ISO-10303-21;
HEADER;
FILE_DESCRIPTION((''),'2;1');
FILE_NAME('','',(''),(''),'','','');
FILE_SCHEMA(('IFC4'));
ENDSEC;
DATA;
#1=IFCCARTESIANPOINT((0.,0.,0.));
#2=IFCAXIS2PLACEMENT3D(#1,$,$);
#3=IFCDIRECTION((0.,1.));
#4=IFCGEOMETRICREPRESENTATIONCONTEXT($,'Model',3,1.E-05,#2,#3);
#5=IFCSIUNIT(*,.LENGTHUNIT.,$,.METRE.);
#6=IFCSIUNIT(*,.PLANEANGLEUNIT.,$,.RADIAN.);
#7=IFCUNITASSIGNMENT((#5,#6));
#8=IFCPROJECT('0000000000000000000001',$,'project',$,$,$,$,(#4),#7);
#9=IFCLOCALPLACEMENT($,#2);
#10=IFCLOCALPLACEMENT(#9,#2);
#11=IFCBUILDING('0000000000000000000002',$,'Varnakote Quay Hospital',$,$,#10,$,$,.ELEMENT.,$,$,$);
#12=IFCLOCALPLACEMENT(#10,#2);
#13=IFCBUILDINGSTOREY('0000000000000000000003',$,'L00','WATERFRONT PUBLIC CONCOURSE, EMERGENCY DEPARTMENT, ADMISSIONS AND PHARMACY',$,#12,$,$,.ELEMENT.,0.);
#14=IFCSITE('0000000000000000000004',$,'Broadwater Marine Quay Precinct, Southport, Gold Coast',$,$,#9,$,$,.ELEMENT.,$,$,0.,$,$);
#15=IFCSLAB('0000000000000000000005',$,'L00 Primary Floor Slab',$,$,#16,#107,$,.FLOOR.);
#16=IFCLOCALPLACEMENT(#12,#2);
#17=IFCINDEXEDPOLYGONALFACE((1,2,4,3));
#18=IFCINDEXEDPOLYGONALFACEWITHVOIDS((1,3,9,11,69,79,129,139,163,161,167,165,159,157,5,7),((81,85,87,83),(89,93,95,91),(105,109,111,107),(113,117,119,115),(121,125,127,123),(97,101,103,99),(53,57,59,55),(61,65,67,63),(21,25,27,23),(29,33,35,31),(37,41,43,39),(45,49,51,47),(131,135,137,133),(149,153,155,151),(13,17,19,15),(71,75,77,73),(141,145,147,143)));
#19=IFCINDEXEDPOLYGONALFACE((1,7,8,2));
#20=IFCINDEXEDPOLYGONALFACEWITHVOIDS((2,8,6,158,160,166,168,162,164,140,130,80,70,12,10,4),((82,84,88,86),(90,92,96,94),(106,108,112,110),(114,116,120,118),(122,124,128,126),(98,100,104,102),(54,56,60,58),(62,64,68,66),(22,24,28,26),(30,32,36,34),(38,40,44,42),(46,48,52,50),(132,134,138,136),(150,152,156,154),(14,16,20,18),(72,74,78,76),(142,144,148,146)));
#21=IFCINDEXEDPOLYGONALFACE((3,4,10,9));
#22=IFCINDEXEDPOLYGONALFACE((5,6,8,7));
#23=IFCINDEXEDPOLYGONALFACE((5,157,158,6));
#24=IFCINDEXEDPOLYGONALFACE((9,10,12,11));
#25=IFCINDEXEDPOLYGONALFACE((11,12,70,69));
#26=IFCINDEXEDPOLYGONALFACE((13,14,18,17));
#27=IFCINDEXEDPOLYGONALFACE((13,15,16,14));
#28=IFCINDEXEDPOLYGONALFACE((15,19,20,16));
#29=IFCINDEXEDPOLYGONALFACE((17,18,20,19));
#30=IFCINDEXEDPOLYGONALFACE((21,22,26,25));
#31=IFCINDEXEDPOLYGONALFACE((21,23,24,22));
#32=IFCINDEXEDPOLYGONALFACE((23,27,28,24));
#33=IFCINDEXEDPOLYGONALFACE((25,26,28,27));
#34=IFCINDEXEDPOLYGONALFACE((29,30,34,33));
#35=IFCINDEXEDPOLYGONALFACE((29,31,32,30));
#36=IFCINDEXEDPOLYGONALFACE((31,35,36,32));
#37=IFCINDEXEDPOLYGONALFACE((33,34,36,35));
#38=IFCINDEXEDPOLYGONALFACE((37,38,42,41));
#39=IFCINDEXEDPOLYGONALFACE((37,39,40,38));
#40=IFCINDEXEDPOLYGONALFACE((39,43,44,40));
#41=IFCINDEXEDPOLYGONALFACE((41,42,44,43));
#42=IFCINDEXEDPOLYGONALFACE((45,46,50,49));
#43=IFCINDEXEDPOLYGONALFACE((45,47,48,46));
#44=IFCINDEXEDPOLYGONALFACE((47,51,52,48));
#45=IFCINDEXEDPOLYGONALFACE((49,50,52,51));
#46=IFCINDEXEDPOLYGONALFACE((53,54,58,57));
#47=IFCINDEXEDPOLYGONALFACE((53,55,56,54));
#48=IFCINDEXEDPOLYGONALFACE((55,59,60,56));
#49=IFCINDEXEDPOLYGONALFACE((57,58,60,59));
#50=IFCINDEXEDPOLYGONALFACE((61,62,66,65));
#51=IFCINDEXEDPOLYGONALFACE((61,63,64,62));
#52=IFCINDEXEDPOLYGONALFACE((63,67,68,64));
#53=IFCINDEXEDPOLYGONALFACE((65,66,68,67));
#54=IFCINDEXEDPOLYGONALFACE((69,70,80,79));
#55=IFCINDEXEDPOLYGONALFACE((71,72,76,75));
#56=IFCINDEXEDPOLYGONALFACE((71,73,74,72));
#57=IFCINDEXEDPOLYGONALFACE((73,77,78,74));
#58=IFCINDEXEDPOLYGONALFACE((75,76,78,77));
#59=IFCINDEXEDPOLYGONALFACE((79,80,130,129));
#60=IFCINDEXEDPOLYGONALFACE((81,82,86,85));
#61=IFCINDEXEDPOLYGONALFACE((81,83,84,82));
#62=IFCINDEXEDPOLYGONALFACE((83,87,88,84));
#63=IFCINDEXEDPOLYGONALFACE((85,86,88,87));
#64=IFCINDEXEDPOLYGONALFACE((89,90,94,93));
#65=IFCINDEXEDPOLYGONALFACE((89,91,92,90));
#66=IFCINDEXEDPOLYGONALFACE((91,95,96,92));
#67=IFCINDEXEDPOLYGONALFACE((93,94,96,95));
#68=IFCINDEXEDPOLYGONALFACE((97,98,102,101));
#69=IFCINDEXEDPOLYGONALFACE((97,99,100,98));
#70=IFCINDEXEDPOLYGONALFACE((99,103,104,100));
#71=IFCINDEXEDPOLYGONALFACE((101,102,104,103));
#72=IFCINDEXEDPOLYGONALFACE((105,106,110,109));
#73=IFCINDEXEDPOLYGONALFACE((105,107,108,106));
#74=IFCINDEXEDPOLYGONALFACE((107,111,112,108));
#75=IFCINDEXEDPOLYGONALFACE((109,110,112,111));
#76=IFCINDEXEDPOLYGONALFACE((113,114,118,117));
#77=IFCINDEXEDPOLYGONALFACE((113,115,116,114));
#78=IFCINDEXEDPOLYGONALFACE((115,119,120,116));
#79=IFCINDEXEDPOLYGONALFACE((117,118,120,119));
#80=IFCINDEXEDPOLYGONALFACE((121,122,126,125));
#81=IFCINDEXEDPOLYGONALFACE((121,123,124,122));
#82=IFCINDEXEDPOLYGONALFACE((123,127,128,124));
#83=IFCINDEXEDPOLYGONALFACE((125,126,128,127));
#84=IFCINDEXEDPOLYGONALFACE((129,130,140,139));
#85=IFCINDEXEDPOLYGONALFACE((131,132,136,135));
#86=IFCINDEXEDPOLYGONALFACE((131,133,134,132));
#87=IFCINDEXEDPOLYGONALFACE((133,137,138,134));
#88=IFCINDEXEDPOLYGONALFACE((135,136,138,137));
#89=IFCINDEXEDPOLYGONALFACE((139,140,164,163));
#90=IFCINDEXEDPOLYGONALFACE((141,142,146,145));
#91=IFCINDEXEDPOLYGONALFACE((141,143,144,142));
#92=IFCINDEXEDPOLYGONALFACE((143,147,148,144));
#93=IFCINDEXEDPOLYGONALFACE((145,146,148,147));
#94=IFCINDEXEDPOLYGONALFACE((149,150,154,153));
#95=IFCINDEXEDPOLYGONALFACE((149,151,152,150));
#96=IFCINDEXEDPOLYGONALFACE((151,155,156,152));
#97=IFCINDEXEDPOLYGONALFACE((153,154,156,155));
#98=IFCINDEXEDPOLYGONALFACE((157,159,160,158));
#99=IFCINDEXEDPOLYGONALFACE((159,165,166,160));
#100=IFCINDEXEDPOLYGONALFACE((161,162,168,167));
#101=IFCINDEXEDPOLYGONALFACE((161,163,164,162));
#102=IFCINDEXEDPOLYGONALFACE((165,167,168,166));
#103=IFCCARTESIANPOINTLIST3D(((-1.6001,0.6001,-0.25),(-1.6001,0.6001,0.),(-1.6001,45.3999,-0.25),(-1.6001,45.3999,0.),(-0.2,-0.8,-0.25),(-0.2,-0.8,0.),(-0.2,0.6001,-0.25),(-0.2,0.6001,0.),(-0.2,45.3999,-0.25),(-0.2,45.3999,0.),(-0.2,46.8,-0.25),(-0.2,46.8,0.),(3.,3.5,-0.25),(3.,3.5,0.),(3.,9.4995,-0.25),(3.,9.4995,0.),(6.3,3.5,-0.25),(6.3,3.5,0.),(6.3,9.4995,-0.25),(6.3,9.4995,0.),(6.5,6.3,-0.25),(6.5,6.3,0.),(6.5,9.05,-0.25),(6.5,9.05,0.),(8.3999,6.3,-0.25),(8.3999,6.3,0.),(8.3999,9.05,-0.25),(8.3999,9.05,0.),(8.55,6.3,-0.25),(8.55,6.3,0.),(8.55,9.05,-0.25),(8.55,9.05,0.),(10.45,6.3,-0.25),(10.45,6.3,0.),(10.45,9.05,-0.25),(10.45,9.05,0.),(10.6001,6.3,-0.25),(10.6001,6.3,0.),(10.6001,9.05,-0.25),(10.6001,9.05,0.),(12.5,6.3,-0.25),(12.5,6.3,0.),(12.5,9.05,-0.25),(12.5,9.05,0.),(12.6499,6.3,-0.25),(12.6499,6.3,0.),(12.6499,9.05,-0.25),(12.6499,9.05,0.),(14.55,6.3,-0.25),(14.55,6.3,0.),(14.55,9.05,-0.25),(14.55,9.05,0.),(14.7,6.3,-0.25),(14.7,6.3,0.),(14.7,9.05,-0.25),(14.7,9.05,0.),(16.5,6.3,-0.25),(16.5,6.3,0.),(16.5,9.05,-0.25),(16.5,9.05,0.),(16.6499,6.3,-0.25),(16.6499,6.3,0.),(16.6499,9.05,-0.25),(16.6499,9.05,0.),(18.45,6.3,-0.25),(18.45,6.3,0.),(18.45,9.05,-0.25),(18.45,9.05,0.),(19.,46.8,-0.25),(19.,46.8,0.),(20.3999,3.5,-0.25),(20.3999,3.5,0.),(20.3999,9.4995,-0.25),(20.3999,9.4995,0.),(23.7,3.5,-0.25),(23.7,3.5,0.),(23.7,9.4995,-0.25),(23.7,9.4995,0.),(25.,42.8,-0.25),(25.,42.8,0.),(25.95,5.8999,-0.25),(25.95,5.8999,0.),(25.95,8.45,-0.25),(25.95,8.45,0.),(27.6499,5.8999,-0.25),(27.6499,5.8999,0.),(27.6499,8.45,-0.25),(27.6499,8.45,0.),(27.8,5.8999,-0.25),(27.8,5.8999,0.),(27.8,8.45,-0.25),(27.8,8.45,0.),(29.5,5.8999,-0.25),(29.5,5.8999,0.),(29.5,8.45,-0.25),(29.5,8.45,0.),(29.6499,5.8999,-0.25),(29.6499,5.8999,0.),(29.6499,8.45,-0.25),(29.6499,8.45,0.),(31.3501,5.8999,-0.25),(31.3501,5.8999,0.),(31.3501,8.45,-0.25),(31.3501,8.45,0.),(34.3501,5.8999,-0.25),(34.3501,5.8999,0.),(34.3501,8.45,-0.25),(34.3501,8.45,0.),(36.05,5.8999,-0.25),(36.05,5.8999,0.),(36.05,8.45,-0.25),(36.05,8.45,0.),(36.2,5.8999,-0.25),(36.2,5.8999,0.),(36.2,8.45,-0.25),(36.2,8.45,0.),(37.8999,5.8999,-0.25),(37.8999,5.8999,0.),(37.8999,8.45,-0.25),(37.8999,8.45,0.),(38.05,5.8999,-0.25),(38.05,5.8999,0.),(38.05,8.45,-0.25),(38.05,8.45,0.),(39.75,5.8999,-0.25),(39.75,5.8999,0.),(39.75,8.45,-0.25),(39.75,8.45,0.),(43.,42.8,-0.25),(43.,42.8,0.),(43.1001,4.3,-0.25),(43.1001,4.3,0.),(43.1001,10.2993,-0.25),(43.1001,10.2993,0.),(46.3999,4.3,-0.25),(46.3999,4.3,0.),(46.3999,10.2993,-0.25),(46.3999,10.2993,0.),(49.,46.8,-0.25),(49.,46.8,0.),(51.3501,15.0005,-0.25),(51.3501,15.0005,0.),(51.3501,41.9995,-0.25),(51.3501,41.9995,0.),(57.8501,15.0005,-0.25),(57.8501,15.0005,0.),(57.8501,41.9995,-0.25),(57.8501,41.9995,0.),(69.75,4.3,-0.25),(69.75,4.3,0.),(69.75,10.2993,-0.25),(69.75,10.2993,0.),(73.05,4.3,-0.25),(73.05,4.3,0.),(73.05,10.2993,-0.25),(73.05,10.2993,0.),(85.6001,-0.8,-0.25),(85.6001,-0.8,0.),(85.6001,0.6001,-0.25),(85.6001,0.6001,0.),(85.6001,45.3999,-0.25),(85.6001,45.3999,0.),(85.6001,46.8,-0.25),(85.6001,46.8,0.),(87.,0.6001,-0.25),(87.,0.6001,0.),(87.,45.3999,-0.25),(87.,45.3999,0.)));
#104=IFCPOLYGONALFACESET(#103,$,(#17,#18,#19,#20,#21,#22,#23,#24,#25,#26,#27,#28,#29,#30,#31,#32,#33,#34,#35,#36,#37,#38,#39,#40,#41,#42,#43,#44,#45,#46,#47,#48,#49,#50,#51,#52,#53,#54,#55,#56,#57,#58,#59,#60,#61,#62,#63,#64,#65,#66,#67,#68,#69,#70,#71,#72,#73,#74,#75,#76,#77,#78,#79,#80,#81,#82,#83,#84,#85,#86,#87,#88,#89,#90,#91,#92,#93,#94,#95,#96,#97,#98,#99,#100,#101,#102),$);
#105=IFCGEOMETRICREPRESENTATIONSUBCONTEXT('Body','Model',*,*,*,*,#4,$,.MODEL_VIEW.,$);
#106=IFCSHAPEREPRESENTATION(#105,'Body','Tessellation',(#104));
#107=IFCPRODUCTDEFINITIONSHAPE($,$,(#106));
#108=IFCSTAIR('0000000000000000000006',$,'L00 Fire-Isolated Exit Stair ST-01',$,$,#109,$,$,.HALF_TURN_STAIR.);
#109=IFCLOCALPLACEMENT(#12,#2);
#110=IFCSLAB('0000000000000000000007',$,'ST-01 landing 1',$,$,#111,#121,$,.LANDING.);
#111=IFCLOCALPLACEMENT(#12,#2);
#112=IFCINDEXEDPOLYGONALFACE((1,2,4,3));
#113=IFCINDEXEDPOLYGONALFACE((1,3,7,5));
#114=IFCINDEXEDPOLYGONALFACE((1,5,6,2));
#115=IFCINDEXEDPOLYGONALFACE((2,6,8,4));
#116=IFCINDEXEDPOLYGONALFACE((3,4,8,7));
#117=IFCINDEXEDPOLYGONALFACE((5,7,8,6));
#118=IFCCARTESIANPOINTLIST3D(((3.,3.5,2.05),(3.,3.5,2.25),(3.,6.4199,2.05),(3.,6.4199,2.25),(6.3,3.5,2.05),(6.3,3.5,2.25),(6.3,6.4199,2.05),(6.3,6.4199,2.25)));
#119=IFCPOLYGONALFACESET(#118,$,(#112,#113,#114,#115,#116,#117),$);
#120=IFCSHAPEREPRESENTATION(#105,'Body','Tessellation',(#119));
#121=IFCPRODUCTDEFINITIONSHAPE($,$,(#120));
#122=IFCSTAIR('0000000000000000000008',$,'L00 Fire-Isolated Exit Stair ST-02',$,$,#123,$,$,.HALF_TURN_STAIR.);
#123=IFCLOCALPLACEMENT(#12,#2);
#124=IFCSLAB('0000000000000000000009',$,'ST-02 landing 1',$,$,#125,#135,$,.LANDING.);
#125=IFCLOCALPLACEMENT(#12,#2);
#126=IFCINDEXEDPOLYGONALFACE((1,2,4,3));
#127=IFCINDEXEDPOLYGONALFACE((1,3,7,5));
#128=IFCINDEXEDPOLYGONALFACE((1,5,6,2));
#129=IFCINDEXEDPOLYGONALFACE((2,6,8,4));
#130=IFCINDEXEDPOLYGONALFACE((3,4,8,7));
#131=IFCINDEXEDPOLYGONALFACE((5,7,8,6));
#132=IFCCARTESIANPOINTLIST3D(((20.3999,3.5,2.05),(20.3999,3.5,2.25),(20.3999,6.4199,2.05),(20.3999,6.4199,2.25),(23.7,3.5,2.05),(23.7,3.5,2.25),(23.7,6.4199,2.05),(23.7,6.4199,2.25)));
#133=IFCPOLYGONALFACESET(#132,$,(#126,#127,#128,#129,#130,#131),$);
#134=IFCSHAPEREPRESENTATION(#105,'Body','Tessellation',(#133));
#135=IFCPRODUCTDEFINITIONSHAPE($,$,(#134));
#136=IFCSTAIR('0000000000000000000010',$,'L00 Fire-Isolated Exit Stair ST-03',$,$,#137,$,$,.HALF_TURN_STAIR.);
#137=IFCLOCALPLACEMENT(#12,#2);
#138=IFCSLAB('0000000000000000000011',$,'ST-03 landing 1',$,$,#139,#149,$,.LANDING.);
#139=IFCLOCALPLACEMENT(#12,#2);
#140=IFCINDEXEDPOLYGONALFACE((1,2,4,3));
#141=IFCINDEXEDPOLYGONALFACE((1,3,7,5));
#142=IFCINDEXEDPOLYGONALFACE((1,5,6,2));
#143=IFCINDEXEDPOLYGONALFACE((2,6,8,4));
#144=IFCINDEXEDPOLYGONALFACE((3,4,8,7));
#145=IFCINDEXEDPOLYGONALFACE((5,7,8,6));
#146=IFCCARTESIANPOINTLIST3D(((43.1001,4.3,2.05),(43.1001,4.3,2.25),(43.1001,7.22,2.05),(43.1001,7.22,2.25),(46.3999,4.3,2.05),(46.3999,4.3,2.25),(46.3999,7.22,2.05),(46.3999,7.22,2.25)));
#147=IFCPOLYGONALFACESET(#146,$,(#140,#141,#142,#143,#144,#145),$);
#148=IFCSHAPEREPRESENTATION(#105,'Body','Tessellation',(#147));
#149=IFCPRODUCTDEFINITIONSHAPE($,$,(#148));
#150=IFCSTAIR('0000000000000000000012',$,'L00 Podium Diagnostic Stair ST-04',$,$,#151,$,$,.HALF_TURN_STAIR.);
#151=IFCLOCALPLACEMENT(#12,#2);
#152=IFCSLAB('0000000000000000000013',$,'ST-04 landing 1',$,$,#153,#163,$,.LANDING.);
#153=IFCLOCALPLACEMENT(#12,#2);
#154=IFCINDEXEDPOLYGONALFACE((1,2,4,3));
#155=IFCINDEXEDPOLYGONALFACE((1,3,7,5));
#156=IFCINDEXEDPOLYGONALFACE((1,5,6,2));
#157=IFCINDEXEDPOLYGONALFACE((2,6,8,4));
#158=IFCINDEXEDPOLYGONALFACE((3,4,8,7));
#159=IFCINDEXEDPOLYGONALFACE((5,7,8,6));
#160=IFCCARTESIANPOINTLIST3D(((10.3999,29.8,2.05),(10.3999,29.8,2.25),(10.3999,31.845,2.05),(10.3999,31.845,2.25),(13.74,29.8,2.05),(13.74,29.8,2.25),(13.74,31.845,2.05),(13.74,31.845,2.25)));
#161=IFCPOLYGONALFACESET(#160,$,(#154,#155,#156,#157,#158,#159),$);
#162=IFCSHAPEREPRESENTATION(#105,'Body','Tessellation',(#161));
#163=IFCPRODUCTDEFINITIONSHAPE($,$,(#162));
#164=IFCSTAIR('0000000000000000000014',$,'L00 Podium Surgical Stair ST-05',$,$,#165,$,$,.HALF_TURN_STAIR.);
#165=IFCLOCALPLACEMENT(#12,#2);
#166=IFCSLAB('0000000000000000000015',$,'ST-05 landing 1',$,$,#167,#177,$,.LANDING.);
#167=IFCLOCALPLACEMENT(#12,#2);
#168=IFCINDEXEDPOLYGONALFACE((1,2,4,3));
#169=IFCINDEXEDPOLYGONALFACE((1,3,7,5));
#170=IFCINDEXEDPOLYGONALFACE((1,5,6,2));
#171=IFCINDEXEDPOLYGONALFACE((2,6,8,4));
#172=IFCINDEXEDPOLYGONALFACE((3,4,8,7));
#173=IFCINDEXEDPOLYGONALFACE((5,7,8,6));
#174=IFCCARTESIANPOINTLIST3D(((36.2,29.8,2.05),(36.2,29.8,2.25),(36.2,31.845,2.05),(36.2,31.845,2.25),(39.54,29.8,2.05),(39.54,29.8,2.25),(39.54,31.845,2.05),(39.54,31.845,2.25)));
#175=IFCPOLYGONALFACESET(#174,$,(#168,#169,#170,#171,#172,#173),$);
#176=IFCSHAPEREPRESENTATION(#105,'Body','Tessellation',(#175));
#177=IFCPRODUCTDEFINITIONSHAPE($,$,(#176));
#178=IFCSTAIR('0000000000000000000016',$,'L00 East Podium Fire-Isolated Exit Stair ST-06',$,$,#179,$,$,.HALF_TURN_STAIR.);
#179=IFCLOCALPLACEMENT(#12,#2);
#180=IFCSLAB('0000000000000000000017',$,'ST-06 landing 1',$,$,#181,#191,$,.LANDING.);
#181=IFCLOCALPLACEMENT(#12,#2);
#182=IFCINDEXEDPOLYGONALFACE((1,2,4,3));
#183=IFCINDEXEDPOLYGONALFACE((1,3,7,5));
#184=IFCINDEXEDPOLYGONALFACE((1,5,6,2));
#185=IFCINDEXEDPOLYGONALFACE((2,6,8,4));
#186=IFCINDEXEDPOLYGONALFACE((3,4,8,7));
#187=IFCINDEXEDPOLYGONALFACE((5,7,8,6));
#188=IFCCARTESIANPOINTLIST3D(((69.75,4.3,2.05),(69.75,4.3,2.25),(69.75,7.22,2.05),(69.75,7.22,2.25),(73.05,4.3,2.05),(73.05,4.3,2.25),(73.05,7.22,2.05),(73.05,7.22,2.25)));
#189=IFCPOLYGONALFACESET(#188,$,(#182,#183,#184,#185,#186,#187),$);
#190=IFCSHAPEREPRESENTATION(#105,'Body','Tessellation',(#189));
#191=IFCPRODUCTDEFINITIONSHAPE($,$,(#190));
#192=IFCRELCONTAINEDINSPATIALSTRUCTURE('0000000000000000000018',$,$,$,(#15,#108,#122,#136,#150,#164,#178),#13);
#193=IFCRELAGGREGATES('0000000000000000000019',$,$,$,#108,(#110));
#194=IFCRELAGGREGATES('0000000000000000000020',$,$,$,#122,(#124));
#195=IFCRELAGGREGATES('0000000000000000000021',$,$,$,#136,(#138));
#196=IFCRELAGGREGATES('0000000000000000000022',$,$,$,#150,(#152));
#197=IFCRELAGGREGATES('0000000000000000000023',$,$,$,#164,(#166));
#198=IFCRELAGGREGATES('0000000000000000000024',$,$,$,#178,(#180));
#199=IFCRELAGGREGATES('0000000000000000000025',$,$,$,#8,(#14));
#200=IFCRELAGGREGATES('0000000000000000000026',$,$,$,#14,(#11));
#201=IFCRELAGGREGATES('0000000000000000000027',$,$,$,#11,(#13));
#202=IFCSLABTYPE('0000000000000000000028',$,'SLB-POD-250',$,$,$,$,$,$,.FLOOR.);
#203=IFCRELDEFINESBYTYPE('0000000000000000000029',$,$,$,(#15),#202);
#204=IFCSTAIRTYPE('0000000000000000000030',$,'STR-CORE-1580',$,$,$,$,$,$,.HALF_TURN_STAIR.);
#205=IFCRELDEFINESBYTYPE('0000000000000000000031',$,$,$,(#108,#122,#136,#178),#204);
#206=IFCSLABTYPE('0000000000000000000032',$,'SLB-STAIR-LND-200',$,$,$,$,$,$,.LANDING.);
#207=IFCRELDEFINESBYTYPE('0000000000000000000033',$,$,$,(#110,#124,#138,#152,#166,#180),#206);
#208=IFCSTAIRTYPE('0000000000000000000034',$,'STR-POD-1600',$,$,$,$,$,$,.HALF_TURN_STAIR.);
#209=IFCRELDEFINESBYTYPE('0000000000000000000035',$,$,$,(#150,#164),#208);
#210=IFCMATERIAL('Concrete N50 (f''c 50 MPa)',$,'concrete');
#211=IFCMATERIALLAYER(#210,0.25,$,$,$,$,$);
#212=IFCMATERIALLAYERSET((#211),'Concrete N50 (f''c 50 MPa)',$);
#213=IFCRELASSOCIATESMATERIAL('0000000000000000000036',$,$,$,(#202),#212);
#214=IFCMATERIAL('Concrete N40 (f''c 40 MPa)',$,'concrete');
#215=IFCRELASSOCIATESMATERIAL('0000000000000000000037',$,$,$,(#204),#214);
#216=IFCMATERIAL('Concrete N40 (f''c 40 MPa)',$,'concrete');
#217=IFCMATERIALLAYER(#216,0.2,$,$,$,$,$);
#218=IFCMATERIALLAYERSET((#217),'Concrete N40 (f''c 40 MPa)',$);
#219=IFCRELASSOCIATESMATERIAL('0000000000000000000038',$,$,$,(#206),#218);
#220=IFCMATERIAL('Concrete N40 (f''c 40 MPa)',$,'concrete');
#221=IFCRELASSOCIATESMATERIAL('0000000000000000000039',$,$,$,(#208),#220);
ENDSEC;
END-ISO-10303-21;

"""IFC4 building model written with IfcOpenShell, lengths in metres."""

from ifc_helpers import new_model, si_unit, direction, frame, origin, place, context, subcontext, project, spatial, polyline, outline, extrude, material, layer, layer_set, type_object, element, aggregate, save


model = new_model("IFC4")

# Units and contexts
model_context = context("Model", 3, precision=1e-05, world=origin(), true_north=direction((0.0, 1.0)))
body_context = subcontext(model_context, "Body", "Model", "MODEL_VIEW")
ifc_project = project(units=[si_unit("LENGTHUNIT", "METRE"), si_unit("PLANEANGLEUNIT", "RADIAN")], contexts=[model_context])

# Site, building, storey
site_placement = place(None, origin())
site = spatial("IfcSite", under=ifc_project, at=site_placement, Name="Broadwater Marine Quay Precinct, Southport, Gold Coast", CompositionType="ELEMENT", RefElevation=0.0)
building_placement = place(site_placement, origin())
building = spatial("IfcBuilding", under=site, at=building_placement, Name="Varnakote Quay Hospital", CompositionType="ELEMENT")
storey_placement = place(building_placement, origin())
storey = spatial("IfcBuildingStorey", under=building, at=storey_placement, Name="L00", Description="WATERFRONT PUBLIC CONCOURSE, EMERGENCY DEPARTMENT, ADMISSIONS AND PHARMACY", CompositionType="ELEMENT", Elevation=0.0)

# Slab
ifc_material_1 = material(Name="Concrete N50 (f'c 50 MPa)", Category="concrete")
ifc_layer_1 = layer(ifc_material_1, 0.25)
ifc_layer_set_1 = layer_set([ifc_layer_1], Name="Concrete N50 (f'c 50 MPa)")
slab_type_1 = type_object("IfcSlabType", Name="SLB-POD-250", PredefinedType="FLOOR", material=ifc_layer_set_1)
slab_1_placement = place(storey_placement, frame((0.0, 0.0, -0.25)))
element("IfcSlab", 1, at=slab_1_placement, inside=storey, type_object=slab_type_1, Name="L00 Primary Floor Slab", PredefinedType="FLOOR", context=body_context, shape_type="SweptSolid", body=[
    extrude(outline(polyline([(-1.6001, 0.6001), (-0.2, 0.6001), (-0.2, -0.8), (85.6001, -0.8), (85.6001, 0.6001), (87.0, 0.6001), (87.0, 45.3999), (85.6001, 45.3999), (85.6001, 46.8), (49.0, 46.8), (43.0, 42.8), (25.0, 42.8), (19.0, 46.8), (-0.2, 46.8), (-0.2, 45.3999), (-1.6001, 45.3999), (-1.6001, 0.6001)]), holes=[polyline([(3.0, 3.5), (6.3, 3.5), (6.3, 9.4995), (3.0, 9.4995), (3.0, 3.5)]), polyline([(20.3999, 3.5), (23.7, 3.5), (23.7, 9.4995), (20.3999, 9.4995), (20.3999, 3.5)]), polyline([(43.1001, 4.3), (46.3999, 4.3), (46.3999, 10.2993), (43.1001, 10.2993), (43.1001, 4.3)]), polyline([(69.75, 4.3), (73.05, 4.3), (73.05, 10.2993), (69.75, 10.2993), (69.75, 4.3)]), polyline([(6.5, 6.3), (8.3999, 6.3), (8.3999, 9.05), (6.5, 9.05), (6.5, 6.3)]), polyline([(8.55, 6.3), (10.45, 6.3), (10.45, 9.05), (8.55, 9.05), (8.55, 6.3)]), polyline([(10.6001, 6.3), (12.5, 6.3), (12.5, 9.05), (10.6001, 9.05), (10.6001, 6.3)]), polyline([(12.6499, 6.3), (14.55, 6.3), (14.55, 9.05), (12.6499, 9.05), (12.6499, 6.3)]), polyline([(14.7, 6.3), (16.5, 6.3), (16.5, 9.05), (14.7, 9.05), (14.7, 6.3)]), polyline([(16.6499, 6.3), (18.45, 6.3), (18.45, 9.05), (16.6499, 9.05), (16.6499, 6.3)]), polyline([(25.95, 5.8999), (27.6499, 5.8999), (27.6499, 8.45), (25.95, 8.45), (25.95, 5.8999)]), polyline([(27.8, 5.8999), (29.5, 5.8999), (29.5, 8.45), (27.8, 8.45), (27.8, 5.8999)]), polyline([(29.6499, 5.8999), (31.3501, 5.8999), (31.3501, 8.45), (29.6499, 8.45), (29.6499, 5.8999)]), polyline([(34.3501, 5.8999), (36.05, 5.8999), (36.05, 8.45), (34.3501, 8.45), (34.3501, 5.8999)]), polyline([(36.2, 5.8999), (37.8999, 5.8999), (37.8999, 8.45), (36.2, 8.45), (36.2, 5.8999)]), polyline([(38.05, 5.8999), (39.75, 5.8999), (39.75, 8.45), (38.05, 8.45), (38.05, 5.8999)]), polyline([(51.3501, 15.0005), (57.8501, 15.0005), (57.8501, 41.9995), (51.3501, 41.9995), (51.3501, 15.0005)])]), origin(), (0.0, 0.0, 1.0), 0.25),
])

# Stairs, slabs
ifc_material_2 = material(Name="Concrete N40 (f'c 40 MPa)", Category="concrete")
stair_type_1 = type_object("IfcStairType", Name="STR-CORE-1580", PredefinedType="HALF_TURN_STAIR", material=ifc_material_2)
stair_1_placement = place(storey_placement, origin())
stair_1 = element("IfcStair", 2, at=stair_1_placement, inside=storey, type_object=stair_type_1, Name="L00 Fire-Isolated Exit Stair ST-01", PredefinedType="HALF_TURN_STAIR")
ifc_material_3 = material(Name="Concrete N40 (f'c 40 MPa)", Category="concrete")
ifc_layer_2 = layer(ifc_material_3, 0.2)
ifc_layer_set_2 = layer_set([ifc_layer_2], Name="Concrete N40 (f'c 40 MPa)")
slab_type_2 = type_object("IfcSlabType", Name="SLB-STAIR-LND-200", PredefinedType="LANDING", material=ifc_layer_set_2)
slab_2_placement = place(storey_placement, frame((0.0, 0.0, 2.05)))
slab_2 = element("IfcSlab", 3, at=slab_2_placement, type_object=slab_type_2, Name="ST-01 landing 1", PredefinedType="LANDING", context=body_context, shape_type="SweptSolid", body=[
    extrude(outline(polyline([(3.0, 6.4199), (3.0, 3.5), (6.3, 3.5), (6.3, 6.4199), (3.0, 6.4199)])), origin(), (0.0, 0.0, 1.0), 0.2),
])
aggregate(stair_1, [slab_2])
stair_2_placement = place(storey_placement, origin())
stair_2 = element("IfcStair", 4, at=stair_2_placement, inside=storey, type_object=stair_type_1, Name="L00 Fire-Isolated Exit Stair ST-02", PredefinedType="HALF_TURN_STAIR")
slab_3_placement = place(storey_placement, frame((0.0, 0.0, 2.05)))
slab_3 = element("IfcSlab", 5, at=slab_3_placement, type_object=slab_type_2, Name="ST-02 landing 1", PredefinedType="LANDING", context=body_context, shape_type="SweptSolid", body=[
    extrude(outline(polyline([(20.3999, 6.4199), (20.3999, 3.5), (23.7, 3.5), (23.7, 6.4199), (20.3999, 6.4199)])), origin(), (0.0, 0.0, 1.0), 0.2),
])
aggregate(stair_2, [slab_3])
stair_3_placement = place(storey_placement, origin())
stair_3 = element("IfcStair", 6, at=stair_3_placement, inside=storey, type_object=stair_type_1, Name="L00 Fire-Isolated Exit Stair ST-03", PredefinedType="HALF_TURN_STAIR")
slab_4_placement = place(storey_placement, frame((0.0, 0.0, 2.05)))
slab_4 = element("IfcSlab", 7, at=slab_4_placement, type_object=slab_type_2, Name="ST-03 landing 1", PredefinedType="LANDING", context=body_context, shape_type="SweptSolid", body=[
    extrude(outline(polyline([(43.1001, 7.22), (43.1001, 4.3), (46.3999, 4.3), (46.3999, 7.22), (43.1001, 7.22)])), origin(), (0.0, 0.0, 1.0), 0.2),
])
aggregate(stair_3, [slab_4])
ifc_material_4 = material(Name="Concrete N40 (f'c 40 MPa)", Category="concrete")
stair_type_2 = type_object("IfcStairType", Name="STR-POD-1600", PredefinedType="HALF_TURN_STAIR", material=ifc_material_4)
stair_4_placement = place(storey_placement, origin())
stair_4 = element("IfcStair", 8, at=stair_4_placement, inside=storey, type_object=stair_type_2, Name="L00 Podium Diagnostic Stair ST-04", PredefinedType="HALF_TURN_STAIR")
slab_5_placement = place(storey_placement, frame((0.0, 0.0, 2.05)))
slab_5 = element("IfcSlab", 9, at=slab_5_placement, type_object=slab_type_2, Name="ST-04 landing 1", PredefinedType="LANDING", context=body_context, shape_type="SweptSolid", body=[
    extrude(outline(polyline([(10.3999, 31.845), (10.3999, 29.8), (13.74, 29.8), (13.74, 31.845), (10.3999, 31.845)])), origin(), (0.0, 0.0, 1.0), 0.2),
])
aggregate(stair_4, [slab_5])
stair_5_placement = place(storey_placement, origin())
stair_5 = element("IfcStair", 10, at=stair_5_placement, inside=storey, type_object=stair_type_2, Name="L00 Podium Surgical Stair ST-05", PredefinedType="HALF_TURN_STAIR")
slab_6_placement = place(storey_placement, frame((0.0, 0.0, 2.05)))
slab_6 = element("IfcSlab", 11, at=slab_6_placement, type_object=slab_type_2, Name="ST-05 landing 1", PredefinedType="LANDING", context=body_context, shape_type="SweptSolid", body=[
    extrude(outline(polyline([(36.2, 31.845), (36.2, 29.8), (39.54, 29.8), (39.54, 31.845), (36.2, 31.845)])), origin(), (0.0, 0.0, 1.0), 0.2),
])
aggregate(stair_5, [slab_6])
stair_6_placement = place(storey_placement, origin())
stair_6 = element("IfcStair", 12, at=stair_6_placement, inside=storey, type_object=stair_type_1, Name="L00 East Podium Fire-Isolated Exit Stair ST-06", PredefinedType="HALF_TURN_STAIR")
slab_7_placement = place(storey_placement, frame((0.0, 0.0, 2.05)))
slab_7 = element("IfcSlab", 13, at=slab_7_placement, type_object=slab_type_2, Name="ST-06 landing 1", PredefinedType="LANDING", context=body_context, shape_type="SweptSolid", body=[
    extrude(outline(polyline([(69.75, 7.22), (69.75, 4.3), (73.05, 4.3), (73.05, 7.22), (69.75, 7.22)])), origin(), (0.0, 0.0, 1.0), 0.2),
])
aggregate(stair_6, [slab_7])

save(model, "model.ifc")
